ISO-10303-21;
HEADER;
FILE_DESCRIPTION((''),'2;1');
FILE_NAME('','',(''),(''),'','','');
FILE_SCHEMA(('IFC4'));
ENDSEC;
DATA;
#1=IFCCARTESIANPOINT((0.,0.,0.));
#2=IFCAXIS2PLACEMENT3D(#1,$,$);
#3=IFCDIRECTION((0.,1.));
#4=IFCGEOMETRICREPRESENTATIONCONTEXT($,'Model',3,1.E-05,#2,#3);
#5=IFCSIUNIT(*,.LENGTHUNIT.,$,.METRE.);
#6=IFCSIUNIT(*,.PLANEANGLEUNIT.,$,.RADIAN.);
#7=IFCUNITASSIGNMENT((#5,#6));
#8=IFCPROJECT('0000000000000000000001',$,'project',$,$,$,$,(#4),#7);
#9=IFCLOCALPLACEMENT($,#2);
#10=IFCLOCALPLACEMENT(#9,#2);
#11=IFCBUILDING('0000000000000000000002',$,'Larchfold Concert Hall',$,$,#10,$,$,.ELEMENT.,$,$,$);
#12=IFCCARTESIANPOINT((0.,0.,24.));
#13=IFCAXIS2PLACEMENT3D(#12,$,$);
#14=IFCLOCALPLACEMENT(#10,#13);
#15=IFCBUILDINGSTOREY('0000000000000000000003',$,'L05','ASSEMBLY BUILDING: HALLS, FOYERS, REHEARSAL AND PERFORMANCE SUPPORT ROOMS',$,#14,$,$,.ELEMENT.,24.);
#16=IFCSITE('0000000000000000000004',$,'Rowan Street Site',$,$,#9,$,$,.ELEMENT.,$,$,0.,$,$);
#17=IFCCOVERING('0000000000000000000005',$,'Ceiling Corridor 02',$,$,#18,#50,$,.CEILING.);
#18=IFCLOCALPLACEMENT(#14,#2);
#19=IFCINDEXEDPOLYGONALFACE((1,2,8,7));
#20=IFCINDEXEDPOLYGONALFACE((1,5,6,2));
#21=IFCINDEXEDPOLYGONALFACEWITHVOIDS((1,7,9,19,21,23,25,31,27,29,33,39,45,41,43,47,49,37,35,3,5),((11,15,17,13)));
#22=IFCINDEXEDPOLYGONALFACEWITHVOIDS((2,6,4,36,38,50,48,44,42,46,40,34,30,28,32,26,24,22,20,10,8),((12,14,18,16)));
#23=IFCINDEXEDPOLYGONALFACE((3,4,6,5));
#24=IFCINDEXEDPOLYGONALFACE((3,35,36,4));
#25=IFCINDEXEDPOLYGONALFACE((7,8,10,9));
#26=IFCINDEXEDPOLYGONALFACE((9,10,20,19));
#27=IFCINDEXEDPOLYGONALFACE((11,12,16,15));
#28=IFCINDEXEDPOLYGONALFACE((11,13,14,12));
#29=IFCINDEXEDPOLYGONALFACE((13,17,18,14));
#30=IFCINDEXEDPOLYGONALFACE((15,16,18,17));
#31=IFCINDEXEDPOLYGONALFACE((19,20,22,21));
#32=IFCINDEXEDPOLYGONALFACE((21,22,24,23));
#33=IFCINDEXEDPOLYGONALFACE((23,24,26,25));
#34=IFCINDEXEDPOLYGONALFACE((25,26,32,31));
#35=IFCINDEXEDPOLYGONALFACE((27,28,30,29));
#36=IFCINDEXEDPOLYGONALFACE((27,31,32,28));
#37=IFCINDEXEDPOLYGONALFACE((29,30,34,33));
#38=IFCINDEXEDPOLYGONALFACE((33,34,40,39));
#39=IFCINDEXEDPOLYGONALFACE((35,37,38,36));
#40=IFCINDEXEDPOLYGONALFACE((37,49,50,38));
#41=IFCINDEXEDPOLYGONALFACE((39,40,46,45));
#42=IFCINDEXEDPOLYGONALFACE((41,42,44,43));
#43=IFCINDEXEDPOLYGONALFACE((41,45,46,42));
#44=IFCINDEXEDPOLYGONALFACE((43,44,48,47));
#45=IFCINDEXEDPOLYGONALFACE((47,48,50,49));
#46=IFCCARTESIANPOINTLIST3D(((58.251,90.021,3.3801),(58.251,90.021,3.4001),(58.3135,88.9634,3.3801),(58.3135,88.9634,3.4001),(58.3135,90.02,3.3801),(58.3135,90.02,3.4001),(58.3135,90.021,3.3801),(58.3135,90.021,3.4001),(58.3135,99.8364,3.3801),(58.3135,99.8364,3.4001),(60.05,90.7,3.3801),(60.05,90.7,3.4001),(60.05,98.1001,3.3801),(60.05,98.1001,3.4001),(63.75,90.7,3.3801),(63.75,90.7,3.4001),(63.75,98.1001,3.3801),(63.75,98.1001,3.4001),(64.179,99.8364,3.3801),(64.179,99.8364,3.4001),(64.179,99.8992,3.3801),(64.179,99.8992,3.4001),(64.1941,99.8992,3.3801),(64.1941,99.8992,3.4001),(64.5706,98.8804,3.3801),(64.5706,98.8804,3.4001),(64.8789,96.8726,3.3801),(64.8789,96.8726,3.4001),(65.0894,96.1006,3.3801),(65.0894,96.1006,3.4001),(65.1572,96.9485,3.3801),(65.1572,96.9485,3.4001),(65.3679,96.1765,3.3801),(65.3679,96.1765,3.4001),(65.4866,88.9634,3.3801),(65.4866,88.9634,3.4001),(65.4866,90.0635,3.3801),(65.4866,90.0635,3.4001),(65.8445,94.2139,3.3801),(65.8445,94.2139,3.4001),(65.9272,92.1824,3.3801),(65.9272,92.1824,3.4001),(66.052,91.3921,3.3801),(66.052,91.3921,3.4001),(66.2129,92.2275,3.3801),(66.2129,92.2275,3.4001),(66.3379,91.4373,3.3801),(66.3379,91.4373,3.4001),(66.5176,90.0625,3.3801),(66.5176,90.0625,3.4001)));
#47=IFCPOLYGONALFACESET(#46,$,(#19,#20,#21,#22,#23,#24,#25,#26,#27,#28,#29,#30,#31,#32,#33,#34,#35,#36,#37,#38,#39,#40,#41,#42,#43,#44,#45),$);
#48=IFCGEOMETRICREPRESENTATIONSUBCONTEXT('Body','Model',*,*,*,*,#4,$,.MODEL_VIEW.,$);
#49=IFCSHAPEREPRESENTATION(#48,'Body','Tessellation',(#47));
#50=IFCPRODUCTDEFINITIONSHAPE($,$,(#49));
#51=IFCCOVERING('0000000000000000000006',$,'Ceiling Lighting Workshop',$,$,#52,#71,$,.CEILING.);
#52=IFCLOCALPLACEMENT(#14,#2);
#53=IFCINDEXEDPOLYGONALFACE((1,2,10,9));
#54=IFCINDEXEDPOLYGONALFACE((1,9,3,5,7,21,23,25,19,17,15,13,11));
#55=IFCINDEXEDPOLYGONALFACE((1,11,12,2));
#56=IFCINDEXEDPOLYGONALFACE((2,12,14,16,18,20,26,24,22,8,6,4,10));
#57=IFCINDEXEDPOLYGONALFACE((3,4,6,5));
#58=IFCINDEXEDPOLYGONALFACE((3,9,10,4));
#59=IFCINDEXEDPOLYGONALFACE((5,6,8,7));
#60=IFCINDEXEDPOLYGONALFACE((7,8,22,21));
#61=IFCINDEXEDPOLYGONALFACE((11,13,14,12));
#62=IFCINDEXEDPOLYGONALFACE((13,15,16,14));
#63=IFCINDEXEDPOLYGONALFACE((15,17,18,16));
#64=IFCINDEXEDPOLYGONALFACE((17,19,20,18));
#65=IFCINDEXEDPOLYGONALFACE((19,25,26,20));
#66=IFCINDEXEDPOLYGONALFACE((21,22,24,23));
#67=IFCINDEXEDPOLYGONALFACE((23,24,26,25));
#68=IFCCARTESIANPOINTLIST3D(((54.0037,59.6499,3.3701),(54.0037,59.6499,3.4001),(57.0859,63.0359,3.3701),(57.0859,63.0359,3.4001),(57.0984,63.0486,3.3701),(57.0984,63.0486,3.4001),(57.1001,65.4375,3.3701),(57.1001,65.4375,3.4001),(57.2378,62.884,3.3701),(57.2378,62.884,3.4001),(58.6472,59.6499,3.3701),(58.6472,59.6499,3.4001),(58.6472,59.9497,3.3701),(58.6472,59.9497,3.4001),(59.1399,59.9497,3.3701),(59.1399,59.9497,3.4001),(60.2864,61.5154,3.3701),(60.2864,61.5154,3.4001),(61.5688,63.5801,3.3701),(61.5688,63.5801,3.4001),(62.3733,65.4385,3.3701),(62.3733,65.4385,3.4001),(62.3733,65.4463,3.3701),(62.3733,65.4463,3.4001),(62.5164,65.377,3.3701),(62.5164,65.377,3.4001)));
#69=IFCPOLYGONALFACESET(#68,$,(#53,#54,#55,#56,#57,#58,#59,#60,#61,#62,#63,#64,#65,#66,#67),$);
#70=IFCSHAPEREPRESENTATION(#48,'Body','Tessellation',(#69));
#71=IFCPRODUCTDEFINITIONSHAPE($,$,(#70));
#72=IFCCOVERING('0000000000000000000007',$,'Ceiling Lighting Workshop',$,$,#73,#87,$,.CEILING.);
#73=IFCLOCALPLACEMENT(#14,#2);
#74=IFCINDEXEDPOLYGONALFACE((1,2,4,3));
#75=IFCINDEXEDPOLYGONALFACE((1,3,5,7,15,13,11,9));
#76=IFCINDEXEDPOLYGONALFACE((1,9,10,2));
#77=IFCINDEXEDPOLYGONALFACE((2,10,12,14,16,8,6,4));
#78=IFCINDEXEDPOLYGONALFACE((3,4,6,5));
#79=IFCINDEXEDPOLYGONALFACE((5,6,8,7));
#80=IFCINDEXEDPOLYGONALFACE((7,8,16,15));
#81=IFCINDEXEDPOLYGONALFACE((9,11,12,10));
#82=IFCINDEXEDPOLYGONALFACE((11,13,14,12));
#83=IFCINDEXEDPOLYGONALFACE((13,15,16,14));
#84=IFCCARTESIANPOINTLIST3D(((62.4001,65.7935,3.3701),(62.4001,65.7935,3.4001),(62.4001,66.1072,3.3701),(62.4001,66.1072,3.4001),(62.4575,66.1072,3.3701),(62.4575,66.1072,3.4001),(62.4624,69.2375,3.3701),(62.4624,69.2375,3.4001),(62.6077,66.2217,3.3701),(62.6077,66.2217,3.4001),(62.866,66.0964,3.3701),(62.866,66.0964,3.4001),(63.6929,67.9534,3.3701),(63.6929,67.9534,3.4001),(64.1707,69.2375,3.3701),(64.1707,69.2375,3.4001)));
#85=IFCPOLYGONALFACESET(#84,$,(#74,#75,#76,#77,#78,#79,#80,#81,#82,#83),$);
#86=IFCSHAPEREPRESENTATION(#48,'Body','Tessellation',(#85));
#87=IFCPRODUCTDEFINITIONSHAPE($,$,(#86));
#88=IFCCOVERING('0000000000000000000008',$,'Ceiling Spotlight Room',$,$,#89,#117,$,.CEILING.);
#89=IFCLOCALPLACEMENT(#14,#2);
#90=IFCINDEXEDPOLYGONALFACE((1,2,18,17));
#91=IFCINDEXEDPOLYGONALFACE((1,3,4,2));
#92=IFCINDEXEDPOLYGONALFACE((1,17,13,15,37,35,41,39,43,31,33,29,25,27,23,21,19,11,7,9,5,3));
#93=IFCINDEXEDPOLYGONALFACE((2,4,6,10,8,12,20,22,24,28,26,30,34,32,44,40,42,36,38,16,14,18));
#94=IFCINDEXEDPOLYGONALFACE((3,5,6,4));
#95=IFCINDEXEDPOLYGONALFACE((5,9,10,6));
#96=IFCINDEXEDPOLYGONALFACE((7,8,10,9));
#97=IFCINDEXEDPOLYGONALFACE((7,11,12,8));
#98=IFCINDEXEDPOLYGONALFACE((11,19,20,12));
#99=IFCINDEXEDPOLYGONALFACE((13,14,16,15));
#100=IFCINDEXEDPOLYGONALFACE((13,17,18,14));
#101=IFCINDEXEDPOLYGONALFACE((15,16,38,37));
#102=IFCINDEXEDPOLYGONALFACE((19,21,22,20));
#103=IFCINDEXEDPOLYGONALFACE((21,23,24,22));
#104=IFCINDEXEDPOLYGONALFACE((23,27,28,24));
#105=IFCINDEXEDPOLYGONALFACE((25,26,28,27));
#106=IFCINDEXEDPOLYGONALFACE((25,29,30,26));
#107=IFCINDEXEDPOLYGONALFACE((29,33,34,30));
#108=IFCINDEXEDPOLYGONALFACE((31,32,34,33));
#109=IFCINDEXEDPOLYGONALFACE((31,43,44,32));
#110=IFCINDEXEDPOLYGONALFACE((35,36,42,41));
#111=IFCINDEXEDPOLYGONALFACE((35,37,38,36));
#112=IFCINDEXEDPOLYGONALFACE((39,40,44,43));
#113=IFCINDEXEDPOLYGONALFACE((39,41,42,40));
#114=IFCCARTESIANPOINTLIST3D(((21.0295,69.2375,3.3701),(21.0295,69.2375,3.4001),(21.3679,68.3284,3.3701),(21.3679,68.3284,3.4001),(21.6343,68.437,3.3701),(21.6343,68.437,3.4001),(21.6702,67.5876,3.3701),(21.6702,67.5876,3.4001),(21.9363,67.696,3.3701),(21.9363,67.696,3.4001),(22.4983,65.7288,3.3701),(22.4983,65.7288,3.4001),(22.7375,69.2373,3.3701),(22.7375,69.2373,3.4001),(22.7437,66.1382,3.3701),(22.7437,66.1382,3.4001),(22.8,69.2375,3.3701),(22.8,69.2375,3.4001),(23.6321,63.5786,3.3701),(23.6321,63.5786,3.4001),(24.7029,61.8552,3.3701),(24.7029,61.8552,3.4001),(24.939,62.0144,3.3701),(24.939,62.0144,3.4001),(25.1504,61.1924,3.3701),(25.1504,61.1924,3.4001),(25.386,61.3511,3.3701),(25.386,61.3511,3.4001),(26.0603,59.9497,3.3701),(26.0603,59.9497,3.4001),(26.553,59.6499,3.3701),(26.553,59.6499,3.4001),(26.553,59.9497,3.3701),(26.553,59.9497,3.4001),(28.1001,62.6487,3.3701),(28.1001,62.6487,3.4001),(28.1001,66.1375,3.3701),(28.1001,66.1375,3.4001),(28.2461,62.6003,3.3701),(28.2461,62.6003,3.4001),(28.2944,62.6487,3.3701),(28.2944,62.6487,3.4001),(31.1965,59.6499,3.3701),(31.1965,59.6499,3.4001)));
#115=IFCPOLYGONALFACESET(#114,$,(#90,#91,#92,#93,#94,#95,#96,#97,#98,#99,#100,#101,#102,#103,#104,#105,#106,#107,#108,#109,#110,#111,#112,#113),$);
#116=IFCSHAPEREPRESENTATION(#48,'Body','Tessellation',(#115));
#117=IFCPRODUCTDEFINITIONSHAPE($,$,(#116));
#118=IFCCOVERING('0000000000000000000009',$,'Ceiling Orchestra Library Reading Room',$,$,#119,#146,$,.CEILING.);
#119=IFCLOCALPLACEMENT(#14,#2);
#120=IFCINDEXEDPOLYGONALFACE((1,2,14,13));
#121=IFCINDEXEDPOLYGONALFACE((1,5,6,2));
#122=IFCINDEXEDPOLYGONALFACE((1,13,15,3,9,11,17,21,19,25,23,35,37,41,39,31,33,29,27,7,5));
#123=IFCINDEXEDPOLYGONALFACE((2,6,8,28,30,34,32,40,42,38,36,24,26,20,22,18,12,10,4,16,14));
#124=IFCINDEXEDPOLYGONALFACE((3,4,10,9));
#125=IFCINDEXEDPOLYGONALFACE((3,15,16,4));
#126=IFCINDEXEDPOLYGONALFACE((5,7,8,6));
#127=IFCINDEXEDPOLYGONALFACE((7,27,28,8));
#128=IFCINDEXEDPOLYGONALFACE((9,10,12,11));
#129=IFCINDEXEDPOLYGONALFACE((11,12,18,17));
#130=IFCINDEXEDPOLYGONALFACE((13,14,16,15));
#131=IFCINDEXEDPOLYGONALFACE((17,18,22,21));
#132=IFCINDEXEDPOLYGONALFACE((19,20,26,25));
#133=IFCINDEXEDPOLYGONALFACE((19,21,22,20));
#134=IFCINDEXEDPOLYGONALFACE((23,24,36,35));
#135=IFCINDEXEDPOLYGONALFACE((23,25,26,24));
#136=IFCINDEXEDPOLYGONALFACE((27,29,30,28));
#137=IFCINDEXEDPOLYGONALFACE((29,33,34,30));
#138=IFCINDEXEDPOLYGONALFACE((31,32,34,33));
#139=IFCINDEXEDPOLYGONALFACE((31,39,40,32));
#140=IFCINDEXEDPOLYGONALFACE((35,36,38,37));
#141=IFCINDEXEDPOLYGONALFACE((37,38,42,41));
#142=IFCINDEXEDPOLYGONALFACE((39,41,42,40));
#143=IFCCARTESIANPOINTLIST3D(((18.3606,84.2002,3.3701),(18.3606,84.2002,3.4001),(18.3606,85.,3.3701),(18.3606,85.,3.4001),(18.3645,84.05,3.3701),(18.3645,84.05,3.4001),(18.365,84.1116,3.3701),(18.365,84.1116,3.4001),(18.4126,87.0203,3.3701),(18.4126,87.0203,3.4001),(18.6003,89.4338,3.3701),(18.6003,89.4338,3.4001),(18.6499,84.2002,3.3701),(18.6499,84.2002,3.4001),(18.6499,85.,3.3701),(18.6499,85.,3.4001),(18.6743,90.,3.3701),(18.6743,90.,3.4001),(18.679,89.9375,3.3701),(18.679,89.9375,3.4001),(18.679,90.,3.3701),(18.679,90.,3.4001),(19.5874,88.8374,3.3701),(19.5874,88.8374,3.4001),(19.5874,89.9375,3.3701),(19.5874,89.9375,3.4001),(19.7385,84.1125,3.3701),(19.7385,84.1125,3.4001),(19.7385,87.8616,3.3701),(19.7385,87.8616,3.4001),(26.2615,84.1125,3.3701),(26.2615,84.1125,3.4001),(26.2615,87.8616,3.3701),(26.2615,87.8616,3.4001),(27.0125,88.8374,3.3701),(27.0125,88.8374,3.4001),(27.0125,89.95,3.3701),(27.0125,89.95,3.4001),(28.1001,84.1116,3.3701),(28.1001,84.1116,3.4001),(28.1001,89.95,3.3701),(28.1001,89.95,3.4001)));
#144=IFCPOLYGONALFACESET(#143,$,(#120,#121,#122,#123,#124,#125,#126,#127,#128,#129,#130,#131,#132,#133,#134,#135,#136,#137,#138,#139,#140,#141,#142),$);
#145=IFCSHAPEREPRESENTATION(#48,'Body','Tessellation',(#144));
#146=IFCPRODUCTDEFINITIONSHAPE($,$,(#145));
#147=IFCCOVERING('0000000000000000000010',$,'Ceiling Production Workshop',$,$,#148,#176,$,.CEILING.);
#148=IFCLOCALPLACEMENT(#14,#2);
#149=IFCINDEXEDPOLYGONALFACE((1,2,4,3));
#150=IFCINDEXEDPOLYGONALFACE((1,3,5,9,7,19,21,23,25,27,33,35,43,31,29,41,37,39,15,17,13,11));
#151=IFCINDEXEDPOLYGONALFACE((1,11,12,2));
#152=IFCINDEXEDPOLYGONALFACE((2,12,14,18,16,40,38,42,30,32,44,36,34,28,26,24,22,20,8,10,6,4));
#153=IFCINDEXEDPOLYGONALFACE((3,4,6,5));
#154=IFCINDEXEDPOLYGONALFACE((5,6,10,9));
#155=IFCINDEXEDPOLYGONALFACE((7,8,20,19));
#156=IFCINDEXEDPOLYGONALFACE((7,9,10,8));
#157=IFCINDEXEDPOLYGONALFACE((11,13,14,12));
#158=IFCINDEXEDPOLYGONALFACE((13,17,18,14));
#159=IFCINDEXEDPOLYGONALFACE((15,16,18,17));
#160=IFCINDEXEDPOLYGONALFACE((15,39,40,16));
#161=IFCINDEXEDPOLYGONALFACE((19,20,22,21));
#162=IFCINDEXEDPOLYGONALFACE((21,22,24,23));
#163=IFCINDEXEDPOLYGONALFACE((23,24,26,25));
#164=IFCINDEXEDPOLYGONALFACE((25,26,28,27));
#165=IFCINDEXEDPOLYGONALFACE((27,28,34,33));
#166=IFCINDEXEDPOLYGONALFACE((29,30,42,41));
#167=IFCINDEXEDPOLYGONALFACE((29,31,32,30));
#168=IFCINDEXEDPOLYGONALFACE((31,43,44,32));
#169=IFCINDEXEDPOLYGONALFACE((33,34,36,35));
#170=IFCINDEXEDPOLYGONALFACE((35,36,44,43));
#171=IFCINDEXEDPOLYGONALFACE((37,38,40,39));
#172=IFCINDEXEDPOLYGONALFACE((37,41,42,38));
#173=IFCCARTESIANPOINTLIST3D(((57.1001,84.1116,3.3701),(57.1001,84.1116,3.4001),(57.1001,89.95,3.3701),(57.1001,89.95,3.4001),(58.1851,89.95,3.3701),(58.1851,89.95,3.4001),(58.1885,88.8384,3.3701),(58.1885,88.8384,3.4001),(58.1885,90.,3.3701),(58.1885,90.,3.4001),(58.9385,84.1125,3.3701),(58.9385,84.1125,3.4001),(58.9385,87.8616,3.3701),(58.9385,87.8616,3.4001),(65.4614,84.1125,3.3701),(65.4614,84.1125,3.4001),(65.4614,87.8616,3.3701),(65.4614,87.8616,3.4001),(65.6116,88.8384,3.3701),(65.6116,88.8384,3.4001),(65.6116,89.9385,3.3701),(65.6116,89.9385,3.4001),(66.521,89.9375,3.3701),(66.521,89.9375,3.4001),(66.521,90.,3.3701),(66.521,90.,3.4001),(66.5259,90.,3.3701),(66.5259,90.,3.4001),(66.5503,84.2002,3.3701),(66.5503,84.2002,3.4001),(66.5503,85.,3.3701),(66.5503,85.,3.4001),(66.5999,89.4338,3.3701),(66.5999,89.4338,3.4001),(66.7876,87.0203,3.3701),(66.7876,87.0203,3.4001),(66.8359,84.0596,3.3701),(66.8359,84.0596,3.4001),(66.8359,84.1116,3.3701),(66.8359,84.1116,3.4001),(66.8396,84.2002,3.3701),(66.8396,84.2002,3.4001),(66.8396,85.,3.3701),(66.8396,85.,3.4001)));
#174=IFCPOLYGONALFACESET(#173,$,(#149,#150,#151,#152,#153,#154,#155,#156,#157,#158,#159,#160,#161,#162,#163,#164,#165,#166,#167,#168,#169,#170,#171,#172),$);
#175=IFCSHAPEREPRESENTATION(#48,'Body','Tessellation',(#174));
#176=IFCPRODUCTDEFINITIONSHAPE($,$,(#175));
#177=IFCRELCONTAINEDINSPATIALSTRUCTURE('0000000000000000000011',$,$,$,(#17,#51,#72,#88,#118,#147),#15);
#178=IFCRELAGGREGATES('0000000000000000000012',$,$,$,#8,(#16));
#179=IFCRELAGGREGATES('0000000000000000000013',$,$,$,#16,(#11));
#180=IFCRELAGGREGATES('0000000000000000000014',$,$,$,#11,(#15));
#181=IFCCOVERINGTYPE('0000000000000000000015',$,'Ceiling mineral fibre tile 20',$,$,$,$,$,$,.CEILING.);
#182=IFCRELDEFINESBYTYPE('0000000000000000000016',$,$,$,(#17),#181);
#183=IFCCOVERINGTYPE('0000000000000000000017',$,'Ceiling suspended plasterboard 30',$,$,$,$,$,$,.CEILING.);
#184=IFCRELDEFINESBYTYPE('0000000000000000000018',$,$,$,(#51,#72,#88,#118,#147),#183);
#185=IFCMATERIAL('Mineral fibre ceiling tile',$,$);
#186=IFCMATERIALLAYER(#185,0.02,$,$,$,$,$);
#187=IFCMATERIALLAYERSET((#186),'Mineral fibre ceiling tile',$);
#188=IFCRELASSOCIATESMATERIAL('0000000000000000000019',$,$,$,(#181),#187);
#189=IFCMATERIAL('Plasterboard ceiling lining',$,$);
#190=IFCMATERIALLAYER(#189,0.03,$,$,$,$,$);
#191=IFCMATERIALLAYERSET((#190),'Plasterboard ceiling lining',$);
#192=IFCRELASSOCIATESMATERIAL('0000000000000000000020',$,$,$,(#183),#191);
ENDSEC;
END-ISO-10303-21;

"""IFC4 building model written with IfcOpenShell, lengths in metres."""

from ifc_helpers import new_model, si_unit, direction, frame, origin, place, context, subcontext, project, spatial, polyline, outline, extrude, material, layer, layer_set, type_object, element, save


model = new_model("IFC4")

# Units and contexts
model_context = context("Model", 3, precision=1e-05, world=origin(), true_north=direction((0.0, 1.0)))
body_context = subcontext(model_context, "Body", "Model", "MODEL_VIEW")
ifc_project = project(units=[si_unit("LENGTHUNIT", "METRE"), si_unit("PLANEANGLEUNIT", "RADIAN")], contexts=[model_context])

# Site, building, storey
site_placement = place(None, origin())
site = spatial("IfcSite", under=ifc_project, at=site_placement, Name="Rowan Street Site", CompositionType="ELEMENT", RefElevation=0.0)
building_placement = place(site_placement, origin())
building = spatial("IfcBuilding", under=site, at=building_placement, Name="Larchfold Concert Hall", CompositionType="ELEMENT")
storey_placement = place(building_placement, frame((0.0, 0.0, 24.0)))
storey = spatial("IfcBuildingStorey", under=building, at=storey_placement, Name="L05", Description="ASSEMBLY BUILDING: HALLS, FOYERS, REHEARSAL AND PERFORMANCE SUPPORT ROOMS", CompositionType="ELEMENT", Elevation=24.0)

# Coverings
ifc_material_1 = material(Name="Mineral fibre ceiling tile")
ifc_layer_1 = layer(ifc_material_1, 0.02)
ifc_layer_set_1 = layer_set([ifc_layer_1], Name="Mineral fibre ceiling tile")
covering_type_1 = type_object("IfcCoveringType", Name="Ceiling mineral fibre tile 20", PredefinedType="CEILING", material=ifc_layer_set_1)
covering_1_placement = place(storey_placement, frame((0.0, 0.0, 3.3801)))
element("IfcCovering", 1, at=covering_1_placement, inside=storey, type_object=covering_type_1, Name="Ceiling Corridor 02", PredefinedType="CEILING", context=body_context, shape_type="SweptSolid", body=[
    extrude(outline(polyline([(58.251, 90.021), (58.3135, 90.02), (58.3135, 88.9634), (65.4866, 88.9634), (65.4866, 90.0635), (66.5176, 90.0625), (66.3379, 91.4373), (66.052, 91.3921), (65.9272, 92.1824), (66.2129, 92.2275), (65.8445, 94.2139), (65.3679, 96.1765), (65.0894, 96.1006), (64.8789, 96.8726), (65.1572, 96.9485), (64.5706, 98.8804), (64.1941, 99.8992), (64.179, 99.8992), (64.179, 99.8364), (58.3135, 99.8364), (58.3135, 90.021), (58.251, 90.021)]), holes=[polyline([(60.05, 90.7), (60.05, 98.1001), (63.75, 98.1001), (63.75, 90.7), (60.05, 90.7)])]), origin(), (0.0, 0.0, 1.0), 0.02),
])
ifc_material_2 = material(Name="Plasterboard ceiling lining")
ifc_layer_2 = layer(ifc_material_2, 0.03)
ifc_layer_set_2 = layer_set([ifc_layer_2], Name="Plasterboard ceiling lining")
covering_type_2 = type_object("IfcCoveringType", Name="Ceiling suspended plasterboard 30", PredefinedType="CEILING", material=ifc_layer_set_2)
covering_2_placement = place(storey_placement, frame((0.0, 0.0, 3.3701)))
element("IfcCovering", 2, at=covering_2_placement, inside=storey, type_object=covering_type_2, Name="Ceiling Lighting Workshop", PredefinedType="CEILING", context=body_context, shape_type="SweptSolid", body=[
    extrude(outline(polyline([(57.0984, 63.0486), (57.0859, 63.0359), (57.2378, 62.884), (54.0037, 59.6499), (58.6472, 59.6499), (58.6472, 59.9497), (59.1399, 59.9497), (60.2864, 61.5154), (61.5688, 63.5801), (62.5164, 65.377), (62.3733, 65.4463), (62.3733, 65.4385), (57.1001, 65.4375), (57.1001, 65.5), (57.0984, 63.0486)])), origin(), (0.0, 0.0, 1.0), 0.03),
])
covering_3_placement = place(storey_placement, frame((0.0, 0.0, 3.3701)))
element("IfcCovering", 3, at=covering_3_placement, inside=storey, type_object=covering_type_2, Name="Ceiling Lighting Workshop", PredefinedType="CEILING", context=body_context, shape_type="SweptSolid", body=[
    extrude(outline(polyline([(62.4001, 66.1072), (62.4001, 65.7935), (62.6077, 66.2217), (62.866, 66.0964), (63.6929, 67.9534), (64.1707, 69.2375), (62.4624, 69.2375), (62.4575, 66.1072), (62.4001, 66.1072)])), origin(), (0.0, 0.0, 1.0), 0.03),
])
covering_4_placement = place(storey_placement, frame((0.0, 0.0, 3.3701)))
element("IfcCovering", 4, at=covering_4_placement, inside=storey, type_object=covering_type_2, Name="Ceiling Spotlight Room", PredefinedType="CEILING", context=body_context, shape_type="SweptSolid", body=[
    extrude(outline(polyline([(22.8, 69.2375), (21.0295, 69.2375), (21.3679, 68.3284), (21.6343, 68.437), (21.9363, 67.696), (21.6702, 67.5876), (22.4983, 65.7288), (23.6321, 63.5786), (24.7029, 61.8552), (24.939, 62.0144), (25.386, 61.3511), (25.1504, 61.1924), (26.0603, 59.9497), (26.553, 59.9497), (26.553, 59.6499), (31.1965, 59.6499), (28.2461, 62.6003), (28.2944, 62.6487), (28.1001, 62.6487), (28.1001, 66.1375), (22.7437, 66.1382), (22.7375, 69.2373), (22.8, 69.2375)])), origin(), (0.0, 0.0, 1.0), 0.03),
])
covering_5_placement = place(storey_placement, frame((0.0, 0.0, 3.3701)))
element("IfcCovering", 5, at=covering_5_placement, inside=storey, type_object=covering_type_2, Name="Ceiling Orchestra Library Reading Room", PredefinedType="CEILING", context=body_context, shape_type="SweptSolid", body=[
    extrude(outline(polyline([(18.3645, 84.05), (18.365, 84.1116), (19.8, 84.1125), (19.7385, 84.1125), (19.7385, 87.8616), (26.2615, 87.8616), (26.2615, 84.1125), (28.1001, 84.1116), (28.1001, 89.95), (27.0125, 89.95), (27.0125, 88.8374), (19.5874, 88.8374), (19.5874, 89.9375), (18.679, 89.9375), (18.679, 90.0), (18.6743, 90.0), (18.6003, 89.4338), (18.4126, 87.0203), (18.3606, 85.0), (18.6499, 85.0), (18.6499, 84.2002), (18.3606, 84.2002), (18.3645, 84.05)])), origin(), (0.0, 0.0, 1.0), 0.03),
])
covering_6_placement = place(storey_placement, frame((0.0, 0.0, 3.3701)))
element("IfcCovering", 6, at=covering_6_placement, inside=storey, type_object=covering_type_2, Name="Ceiling Production Workshop", PredefinedType="CEILING", context=body_context, shape_type="SweptSolid", body=[
    extrude(outline(polyline([(58.1885, 90.0), (58.1851, 89.95), (57.1001, 89.95), (57.1001, 84.1116), (59.0, 84.1125), (58.9385, 84.1125), (58.9385, 87.8616), (65.4614, 87.8616), (65.4614, 84.1125), (66.8359, 84.1116), (66.8359, 84.0596), (66.8396, 84.2002), (66.5503, 84.2002), (66.5503, 85.0), (66.8396, 85.0), (66.7876, 87.0203), (66.5999, 89.4338), (66.5259, 90.0), (66.521, 90.0), (66.521, 89.9375), (65.6116, 89.9385), (65.6116, 88.8384), (58.1885, 88.8384), (58.1885, 90.0)])), origin(), (0.0, 0.0, 1.0), 0.03),
])

save(model, "model.ifc")
